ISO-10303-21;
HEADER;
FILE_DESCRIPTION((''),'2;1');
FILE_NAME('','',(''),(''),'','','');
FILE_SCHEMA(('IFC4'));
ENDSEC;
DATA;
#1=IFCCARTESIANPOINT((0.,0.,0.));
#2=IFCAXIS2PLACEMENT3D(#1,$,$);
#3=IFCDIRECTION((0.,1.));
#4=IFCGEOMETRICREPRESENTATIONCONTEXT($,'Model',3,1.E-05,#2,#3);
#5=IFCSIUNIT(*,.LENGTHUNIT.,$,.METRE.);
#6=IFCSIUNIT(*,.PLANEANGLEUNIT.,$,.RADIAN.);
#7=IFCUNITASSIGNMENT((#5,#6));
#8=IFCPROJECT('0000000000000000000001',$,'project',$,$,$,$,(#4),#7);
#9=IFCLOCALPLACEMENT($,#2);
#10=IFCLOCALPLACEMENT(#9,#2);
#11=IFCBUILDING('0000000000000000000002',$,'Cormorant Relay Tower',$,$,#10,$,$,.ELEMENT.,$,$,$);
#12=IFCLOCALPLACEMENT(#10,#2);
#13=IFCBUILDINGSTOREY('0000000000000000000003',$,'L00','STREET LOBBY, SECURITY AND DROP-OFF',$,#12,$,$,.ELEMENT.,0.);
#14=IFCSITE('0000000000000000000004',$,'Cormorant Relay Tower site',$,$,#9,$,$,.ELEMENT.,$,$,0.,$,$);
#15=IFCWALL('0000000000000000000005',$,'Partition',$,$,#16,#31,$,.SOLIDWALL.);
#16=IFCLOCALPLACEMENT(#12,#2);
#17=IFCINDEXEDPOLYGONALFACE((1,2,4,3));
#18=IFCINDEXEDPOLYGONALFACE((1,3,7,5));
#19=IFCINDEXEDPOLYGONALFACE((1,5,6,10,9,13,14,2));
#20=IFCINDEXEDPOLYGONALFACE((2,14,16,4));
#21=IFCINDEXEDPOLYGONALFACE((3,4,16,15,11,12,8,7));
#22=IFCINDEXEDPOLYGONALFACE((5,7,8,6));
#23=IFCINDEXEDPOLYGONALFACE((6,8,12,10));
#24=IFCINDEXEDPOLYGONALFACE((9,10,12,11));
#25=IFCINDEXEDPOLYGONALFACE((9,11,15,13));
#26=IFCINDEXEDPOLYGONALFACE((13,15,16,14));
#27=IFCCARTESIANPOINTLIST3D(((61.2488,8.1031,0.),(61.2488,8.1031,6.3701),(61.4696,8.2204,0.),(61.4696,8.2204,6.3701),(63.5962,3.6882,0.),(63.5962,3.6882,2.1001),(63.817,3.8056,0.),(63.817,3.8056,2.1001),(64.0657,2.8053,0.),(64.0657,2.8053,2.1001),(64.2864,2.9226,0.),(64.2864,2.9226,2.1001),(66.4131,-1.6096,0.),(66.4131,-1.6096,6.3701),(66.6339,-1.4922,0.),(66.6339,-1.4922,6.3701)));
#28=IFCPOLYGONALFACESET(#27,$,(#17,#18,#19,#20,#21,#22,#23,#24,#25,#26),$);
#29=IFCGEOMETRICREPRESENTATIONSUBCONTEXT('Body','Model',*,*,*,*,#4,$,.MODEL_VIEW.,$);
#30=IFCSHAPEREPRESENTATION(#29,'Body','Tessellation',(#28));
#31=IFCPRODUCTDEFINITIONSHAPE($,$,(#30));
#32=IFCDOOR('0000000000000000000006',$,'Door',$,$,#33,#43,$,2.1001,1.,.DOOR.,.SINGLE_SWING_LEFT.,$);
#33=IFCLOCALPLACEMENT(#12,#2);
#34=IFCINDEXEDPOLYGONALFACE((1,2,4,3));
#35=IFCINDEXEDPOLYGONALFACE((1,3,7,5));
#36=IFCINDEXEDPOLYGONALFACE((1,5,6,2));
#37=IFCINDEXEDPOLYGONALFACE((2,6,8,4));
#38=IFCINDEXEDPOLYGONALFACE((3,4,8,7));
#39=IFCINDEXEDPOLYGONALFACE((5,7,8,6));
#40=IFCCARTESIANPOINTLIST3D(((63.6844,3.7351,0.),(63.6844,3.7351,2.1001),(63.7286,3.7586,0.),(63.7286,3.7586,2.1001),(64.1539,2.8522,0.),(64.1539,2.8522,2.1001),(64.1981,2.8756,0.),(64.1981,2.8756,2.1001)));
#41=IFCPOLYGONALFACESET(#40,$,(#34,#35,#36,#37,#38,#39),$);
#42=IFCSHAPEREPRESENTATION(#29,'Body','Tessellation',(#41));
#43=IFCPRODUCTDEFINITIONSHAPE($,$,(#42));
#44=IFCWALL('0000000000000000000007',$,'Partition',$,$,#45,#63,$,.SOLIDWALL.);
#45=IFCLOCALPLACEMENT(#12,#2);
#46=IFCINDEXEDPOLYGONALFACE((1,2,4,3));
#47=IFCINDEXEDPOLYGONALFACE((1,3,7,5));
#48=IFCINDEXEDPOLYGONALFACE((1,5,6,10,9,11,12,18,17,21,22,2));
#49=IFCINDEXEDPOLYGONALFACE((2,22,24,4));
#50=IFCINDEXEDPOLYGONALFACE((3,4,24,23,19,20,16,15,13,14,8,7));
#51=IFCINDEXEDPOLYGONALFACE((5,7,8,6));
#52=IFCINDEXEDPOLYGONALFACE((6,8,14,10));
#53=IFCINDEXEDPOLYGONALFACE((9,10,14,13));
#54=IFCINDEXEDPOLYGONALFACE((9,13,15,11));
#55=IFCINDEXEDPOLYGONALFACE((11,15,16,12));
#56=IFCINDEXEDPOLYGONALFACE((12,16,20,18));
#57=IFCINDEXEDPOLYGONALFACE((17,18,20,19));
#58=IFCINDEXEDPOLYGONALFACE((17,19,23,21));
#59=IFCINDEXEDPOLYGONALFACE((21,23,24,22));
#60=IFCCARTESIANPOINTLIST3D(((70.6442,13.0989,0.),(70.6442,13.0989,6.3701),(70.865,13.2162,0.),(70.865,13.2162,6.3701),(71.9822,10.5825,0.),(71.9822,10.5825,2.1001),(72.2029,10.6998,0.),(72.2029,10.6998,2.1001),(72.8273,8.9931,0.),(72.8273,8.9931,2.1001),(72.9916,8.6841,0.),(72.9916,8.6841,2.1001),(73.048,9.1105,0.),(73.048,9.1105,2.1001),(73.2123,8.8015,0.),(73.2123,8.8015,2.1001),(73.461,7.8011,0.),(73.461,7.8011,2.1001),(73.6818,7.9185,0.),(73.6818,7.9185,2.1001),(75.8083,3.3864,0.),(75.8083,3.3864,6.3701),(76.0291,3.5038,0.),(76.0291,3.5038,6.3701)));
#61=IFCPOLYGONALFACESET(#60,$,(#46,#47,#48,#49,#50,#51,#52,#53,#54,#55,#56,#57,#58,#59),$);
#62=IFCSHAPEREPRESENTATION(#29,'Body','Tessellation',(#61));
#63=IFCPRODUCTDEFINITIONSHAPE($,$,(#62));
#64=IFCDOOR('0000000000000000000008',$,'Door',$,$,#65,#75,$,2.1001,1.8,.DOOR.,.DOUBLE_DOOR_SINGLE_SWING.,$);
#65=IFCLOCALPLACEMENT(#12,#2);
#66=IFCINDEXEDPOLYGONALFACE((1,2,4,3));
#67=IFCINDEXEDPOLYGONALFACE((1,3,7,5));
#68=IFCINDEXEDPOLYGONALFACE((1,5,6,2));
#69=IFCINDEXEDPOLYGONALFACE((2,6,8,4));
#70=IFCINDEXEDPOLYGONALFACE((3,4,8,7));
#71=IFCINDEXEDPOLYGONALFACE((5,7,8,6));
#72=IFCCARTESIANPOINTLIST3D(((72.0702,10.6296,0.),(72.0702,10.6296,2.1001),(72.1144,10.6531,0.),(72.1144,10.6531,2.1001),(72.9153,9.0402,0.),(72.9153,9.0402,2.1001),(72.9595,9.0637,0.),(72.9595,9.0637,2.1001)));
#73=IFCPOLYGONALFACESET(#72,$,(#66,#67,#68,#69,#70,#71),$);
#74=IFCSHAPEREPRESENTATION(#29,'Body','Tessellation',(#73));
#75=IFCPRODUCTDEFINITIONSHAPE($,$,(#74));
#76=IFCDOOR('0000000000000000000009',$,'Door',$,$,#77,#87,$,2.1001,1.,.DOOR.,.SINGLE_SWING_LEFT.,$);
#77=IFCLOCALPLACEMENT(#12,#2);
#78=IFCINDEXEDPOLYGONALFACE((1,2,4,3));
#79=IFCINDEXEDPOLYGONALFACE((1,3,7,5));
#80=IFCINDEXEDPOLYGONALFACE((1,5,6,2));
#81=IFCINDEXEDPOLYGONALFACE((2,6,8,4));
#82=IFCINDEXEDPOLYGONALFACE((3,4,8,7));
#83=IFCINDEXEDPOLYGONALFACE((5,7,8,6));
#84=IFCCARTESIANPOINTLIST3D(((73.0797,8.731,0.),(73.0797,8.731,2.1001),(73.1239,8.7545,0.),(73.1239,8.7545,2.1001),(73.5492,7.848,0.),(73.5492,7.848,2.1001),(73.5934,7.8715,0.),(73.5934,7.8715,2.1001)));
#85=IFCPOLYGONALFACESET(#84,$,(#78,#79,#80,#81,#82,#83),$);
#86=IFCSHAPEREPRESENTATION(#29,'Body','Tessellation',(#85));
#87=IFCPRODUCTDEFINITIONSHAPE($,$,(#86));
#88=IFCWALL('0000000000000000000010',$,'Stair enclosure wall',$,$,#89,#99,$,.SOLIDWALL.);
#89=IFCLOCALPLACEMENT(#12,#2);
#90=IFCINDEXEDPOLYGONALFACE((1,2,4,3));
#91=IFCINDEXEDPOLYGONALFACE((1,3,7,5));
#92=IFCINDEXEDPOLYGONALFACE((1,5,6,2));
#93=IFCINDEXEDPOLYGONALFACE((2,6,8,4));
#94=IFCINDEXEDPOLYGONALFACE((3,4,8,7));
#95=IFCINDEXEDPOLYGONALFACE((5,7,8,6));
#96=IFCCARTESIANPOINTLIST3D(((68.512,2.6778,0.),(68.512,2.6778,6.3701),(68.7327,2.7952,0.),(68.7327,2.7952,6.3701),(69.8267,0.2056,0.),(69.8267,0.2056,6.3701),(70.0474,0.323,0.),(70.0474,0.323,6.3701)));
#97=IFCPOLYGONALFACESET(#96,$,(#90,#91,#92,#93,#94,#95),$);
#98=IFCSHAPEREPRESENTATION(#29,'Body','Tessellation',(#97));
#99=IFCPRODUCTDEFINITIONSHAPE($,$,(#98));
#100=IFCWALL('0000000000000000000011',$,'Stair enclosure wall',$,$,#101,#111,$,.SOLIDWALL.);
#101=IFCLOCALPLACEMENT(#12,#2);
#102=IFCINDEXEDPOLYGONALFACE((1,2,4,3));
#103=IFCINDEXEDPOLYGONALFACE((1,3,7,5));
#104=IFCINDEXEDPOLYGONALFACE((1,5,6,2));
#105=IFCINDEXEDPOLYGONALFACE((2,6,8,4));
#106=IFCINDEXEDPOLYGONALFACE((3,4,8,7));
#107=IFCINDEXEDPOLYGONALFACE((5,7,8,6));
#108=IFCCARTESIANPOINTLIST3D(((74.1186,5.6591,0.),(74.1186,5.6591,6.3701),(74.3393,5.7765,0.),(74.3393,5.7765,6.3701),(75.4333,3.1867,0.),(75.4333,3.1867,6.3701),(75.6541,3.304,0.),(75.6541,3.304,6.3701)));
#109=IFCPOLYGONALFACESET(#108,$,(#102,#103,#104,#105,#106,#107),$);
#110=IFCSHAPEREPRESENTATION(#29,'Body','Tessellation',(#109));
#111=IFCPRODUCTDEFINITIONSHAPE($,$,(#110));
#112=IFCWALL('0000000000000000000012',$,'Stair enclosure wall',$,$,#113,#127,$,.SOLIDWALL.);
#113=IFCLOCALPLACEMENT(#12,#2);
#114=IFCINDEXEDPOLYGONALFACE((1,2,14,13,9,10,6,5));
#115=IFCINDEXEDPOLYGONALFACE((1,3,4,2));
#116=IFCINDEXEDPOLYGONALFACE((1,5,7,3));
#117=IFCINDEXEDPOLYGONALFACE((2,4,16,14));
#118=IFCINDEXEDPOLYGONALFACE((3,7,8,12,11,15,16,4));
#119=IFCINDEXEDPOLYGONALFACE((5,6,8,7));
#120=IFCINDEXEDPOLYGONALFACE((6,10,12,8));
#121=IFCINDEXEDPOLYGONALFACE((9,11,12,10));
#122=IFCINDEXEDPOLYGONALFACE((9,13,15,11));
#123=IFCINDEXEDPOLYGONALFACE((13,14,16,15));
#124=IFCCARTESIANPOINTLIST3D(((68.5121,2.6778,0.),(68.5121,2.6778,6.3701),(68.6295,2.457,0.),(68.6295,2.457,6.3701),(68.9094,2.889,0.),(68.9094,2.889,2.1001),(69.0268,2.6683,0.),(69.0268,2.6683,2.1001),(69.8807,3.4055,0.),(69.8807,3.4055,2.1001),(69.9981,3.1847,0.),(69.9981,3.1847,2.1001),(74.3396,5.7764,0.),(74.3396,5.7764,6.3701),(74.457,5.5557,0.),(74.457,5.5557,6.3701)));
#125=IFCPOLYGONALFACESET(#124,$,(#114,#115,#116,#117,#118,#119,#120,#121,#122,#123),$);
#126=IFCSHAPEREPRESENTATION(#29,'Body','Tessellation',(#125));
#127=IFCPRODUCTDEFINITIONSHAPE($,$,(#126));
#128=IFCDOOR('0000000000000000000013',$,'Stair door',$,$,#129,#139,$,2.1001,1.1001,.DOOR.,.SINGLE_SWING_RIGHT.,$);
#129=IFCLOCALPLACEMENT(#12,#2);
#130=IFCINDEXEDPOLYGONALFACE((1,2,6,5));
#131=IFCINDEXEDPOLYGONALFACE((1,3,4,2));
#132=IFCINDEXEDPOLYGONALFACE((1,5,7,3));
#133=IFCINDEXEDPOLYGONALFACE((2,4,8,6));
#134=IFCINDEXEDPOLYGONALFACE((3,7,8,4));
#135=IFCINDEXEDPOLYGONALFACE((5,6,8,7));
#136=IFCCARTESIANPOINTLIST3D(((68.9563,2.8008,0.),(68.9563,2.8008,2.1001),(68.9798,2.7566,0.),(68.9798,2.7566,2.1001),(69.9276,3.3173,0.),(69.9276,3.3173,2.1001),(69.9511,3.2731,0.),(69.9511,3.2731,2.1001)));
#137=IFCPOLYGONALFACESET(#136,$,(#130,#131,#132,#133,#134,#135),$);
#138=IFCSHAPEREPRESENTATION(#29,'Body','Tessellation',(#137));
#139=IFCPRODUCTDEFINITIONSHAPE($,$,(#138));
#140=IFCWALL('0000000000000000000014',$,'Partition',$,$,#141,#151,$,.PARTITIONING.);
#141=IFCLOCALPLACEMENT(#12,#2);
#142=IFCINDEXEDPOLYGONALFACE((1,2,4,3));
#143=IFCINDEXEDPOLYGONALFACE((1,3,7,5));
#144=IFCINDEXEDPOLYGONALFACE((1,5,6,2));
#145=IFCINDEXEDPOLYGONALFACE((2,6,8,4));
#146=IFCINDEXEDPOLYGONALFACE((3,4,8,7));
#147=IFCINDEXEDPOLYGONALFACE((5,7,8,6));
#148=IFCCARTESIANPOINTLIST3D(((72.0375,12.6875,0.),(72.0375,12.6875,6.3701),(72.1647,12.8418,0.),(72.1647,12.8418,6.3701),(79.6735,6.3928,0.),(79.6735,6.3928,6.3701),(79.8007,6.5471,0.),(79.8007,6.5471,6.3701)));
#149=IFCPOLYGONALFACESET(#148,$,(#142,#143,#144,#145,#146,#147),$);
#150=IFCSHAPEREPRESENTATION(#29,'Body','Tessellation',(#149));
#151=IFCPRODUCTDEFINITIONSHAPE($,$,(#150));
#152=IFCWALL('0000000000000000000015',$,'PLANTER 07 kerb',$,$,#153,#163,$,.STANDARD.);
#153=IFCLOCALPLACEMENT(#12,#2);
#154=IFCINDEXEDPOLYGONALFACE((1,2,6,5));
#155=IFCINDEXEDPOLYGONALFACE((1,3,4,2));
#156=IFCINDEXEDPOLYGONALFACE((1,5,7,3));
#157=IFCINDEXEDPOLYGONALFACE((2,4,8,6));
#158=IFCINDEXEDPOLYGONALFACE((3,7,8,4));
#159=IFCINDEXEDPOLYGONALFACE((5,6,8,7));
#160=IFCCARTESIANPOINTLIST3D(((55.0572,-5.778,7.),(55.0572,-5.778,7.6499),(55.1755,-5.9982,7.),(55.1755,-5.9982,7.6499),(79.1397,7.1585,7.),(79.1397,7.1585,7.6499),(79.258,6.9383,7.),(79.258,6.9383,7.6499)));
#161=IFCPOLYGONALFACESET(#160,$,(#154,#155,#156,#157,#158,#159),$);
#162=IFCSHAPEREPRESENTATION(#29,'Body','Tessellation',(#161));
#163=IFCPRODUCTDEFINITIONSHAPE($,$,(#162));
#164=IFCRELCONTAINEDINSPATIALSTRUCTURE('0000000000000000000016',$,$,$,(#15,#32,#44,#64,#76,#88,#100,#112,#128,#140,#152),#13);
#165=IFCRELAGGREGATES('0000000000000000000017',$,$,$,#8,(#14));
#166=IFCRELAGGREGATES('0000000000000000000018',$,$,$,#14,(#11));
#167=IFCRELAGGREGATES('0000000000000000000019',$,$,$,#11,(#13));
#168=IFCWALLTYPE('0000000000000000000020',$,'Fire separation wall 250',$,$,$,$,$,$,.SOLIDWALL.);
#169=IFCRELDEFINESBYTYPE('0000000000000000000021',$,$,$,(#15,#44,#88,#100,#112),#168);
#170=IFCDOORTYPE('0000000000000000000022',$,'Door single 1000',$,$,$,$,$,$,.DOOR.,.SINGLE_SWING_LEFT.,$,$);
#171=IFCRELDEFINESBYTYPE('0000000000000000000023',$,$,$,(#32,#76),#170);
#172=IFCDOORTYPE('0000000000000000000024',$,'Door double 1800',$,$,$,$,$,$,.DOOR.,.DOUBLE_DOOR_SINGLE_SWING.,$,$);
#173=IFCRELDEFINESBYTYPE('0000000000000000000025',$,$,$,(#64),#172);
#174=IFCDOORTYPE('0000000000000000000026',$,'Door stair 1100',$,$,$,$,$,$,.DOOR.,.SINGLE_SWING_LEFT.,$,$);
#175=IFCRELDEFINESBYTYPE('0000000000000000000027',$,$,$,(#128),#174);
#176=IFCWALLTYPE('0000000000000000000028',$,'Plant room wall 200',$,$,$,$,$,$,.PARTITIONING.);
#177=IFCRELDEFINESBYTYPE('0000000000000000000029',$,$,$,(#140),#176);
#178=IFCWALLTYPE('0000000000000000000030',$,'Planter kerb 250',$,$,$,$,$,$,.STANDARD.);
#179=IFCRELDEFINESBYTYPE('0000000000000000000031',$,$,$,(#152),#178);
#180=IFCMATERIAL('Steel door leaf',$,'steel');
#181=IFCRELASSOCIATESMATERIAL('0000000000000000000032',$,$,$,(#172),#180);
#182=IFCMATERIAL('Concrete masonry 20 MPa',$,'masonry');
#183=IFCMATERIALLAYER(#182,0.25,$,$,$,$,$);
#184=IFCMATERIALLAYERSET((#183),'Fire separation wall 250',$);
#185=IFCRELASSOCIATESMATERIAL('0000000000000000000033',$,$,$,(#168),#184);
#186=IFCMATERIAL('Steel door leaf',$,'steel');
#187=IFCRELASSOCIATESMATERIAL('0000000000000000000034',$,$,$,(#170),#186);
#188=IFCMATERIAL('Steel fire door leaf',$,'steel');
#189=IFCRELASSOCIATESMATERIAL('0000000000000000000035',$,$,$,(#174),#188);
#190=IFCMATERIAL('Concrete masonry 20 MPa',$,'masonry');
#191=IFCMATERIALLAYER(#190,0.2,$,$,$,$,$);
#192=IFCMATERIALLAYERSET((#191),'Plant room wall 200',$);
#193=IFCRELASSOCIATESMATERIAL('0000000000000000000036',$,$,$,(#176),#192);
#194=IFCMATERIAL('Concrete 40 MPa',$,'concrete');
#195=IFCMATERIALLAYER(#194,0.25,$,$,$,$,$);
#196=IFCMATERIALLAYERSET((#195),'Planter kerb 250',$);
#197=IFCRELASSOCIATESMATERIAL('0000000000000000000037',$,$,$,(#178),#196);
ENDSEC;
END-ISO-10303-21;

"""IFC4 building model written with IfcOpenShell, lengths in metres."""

from ifc_helpers import new_model, si_unit, direction, frame, frame_2d, origin, place, context, subcontext, project, spatial, rectangle, extrude, material, layer, layer_set, type_object, element, fill, save


model = new_model("IFC4")

# Units and contexts
model_context = context("Model", 3, precision=1e-05, world=origin(), true_north=direction((0.0, 1.0)))
body_context = subcontext(model_context, "Body", "Model", "MODEL_VIEW")
ifc_project = project(units=[si_unit("LENGTHUNIT", "METRE"), si_unit("PLANEANGLEUNIT", "RADIAN")], contexts=[model_context])

# Site, building, storey
site_placement = place(None, origin())
site = spatial("IfcSite", under=ifc_project, at=site_placement, Name="Cormorant Relay Tower site", CompositionType="ELEMENT", RefElevation=0.0)
building_placement = place(site_placement, origin())
building = spatial("IfcBuilding", under=site, at=building_placement, Name="Cormorant Relay Tower", CompositionType="ELEMENT")
storey_placement = place(building_placement, origin())
storey = spatial("IfcBuildingStorey", under=building, at=storey_placement, Name="L00", Description="STREET LOBBY, SECURITY AND DROP-OFF", CompositionType="ELEMENT", Elevation=0.0)

# Shared definitions
ifc_material_1 = material(Name="Steel door leaf", Category="steel")
door_type_1 = type_object("IfcDoorType", Name="Door double 1800", OperationType="DOUBLE_DOOR_SINGLE_SWING", PredefinedType="DOOR", material=ifc_material_1)

# Wall, opening, door
ifc_material_2 = material(Name="Concrete masonry 20 MPa", Category="masonry")
ifc_layer_1 = layer(ifc_material_2, 0.25)
ifc_layer_set_1 = layer_set([ifc_layer_1], Name="Fire separation wall 250")
wall_type_1 = type_object("IfcWallType", Name="Fire separation wall 250", PredefinedType="SOLIDWALL", material=ifc_layer_set_1)
wall_1_placement = place(storey_placement, frame((66.5234, -1.5508, 0.0), z_axis=(0.0, 0.0, 1.0), x_axis=(-0.469472, 0.882948, 0.0)))
wall_1 = element("IfcWall", 1, at=wall_1_placement, inside=storey, type_object=wall_type_1, Name="Partition", PredefinedType="SOLIDWALL", context=body_context, shape_type="SweptSolid", body=[
    extrude(rectangle(XDim=11.0002, YDim=0.25, at=frame_2d((5.5, 0.0))), origin(), (0.0, 0.0, 1.0), 6.3701),
])
opening_1_placement = place(wall_1_placement, frame((5.0, 0.0, 0.0)))
opening_1 = element("IfcOpeningElement", 2, at=opening_1_placement, cuts=wall_1, PredefinedType="OPENING", context=body_context, shape_type="SweptSolid", body=[
    extrude(rectangle(XDim=1.0, YDim=2.1001, at=frame_2d((0.5, 1.05))), frame((0.0, 0.135, 0.0), z_axis=(0.0, -1.0, 0.0), x_axis=(1.0, 0.0, 0.0)), (0.0, 0.0, 1.0), 0.27),
])
ifc_material_3 = material(Name="Steel door leaf", Category="steel")
door_type_2 = type_object("IfcDoorType", Name="Door single 1000", OperationType="SINGLE_SWING_LEFT", PredefinedType="DOOR", material=ifc_material_3)
door_1_placement = place(opening_1_placement, frame((1.0, 0.0, 0.0), z_axis=(0.0, 0.0, 1.0), x_axis=(-1.0, 0.0, 0.0)))
door_1 = element("IfcDoor", 3, at=door_1_placement, inside=storey, type_object=door_type_2, Name="Door", OperationType="SINGLE_SWING_LEFT", OverallHeight=2.1001, OverallWidth=1.0, PredefinedType="DOOR", context=body_context, shape_type="SweptSolid", body=[
    extrude(rectangle(XDim=1.0, YDim=2.1001, at=frame_2d((0.5, 1.05))), frame((0.0, 0.0249, 0.0), z_axis=(0.0, -1.0, 0.0), x_axis=(1.0, 0.0, 0.0)), (0.0, 0.0, 1.0), 0.05),
])
fill(opening_1, door_1)

# Wall, openings, doors
wall_2_placement = place(storey_placement, frame((75.9187, 3.4451, 0.0), z_axis=(0.0, 0.0, 1.0), x_axis=(-0.469464, 0.882952, 0.0)))
wall_2 = element("IfcWall", 4, at=wall_2_placement, inside=storey, type_object=wall_type_1, Name="Partition", PredefinedType="SOLIDWALL", context=body_context, shape_type="SweptSolid", body=[
    extrude(rectangle(XDim=11.0, YDim=0.25, at=frame_2d((5.5, 0.0))), origin(), (0.0, 0.0, 1.0), 6.3701),
])
opening_2_placement = place(wall_2_placement, frame((5.0, 0.0, 0.0)))
opening_2 = element("IfcOpeningElement", 5, at=opening_2_placement, cuts=wall_2, PredefinedType="OPENING", context=body_context, shape_type="SweptSolid", body=[
    extrude(rectangle(XDim=1.0, YDim=2.1001, at=frame_2d((0.5, 1.05))), frame((0.0, 0.135, 0.0), z_axis=(0.0, -1.0, 0.0), x_axis=(1.0, 0.0, 0.0)), (0.0, 0.0, 1.0), 0.27),
])
opening_3_placement = place(wall_2_placement, frame((6.3501, 0.0, 0.0)))
opening_3 = element("IfcOpeningElement", 6, at=opening_3_placement, cuts=wall_2, PredefinedType="OPENING", context=body_context, shape_type="SweptSolid", body=[
    extrude(rectangle(XDim=1.8, YDim=2.1001, at=frame_2d((0.8999, 1.05))), frame((0.0, 0.135, 0.0), z_axis=(0.0, -1.0, 0.0), x_axis=(1.0, 0.0, 0.0)), (0.0, 0.0, 1.0), 0.27),
])
door_2_placement = place(opening_3_placement, frame((1.8, 0.0, 0.0), z_axis=(0.0, 0.0, 1.0), x_axis=(-1.0, 0.0, 0.0)))
door_2 = element("IfcDoor", 7, at=door_2_placement, inside=storey, type_object=door_type_1, Name="Door", OperationType="DOUBLE_DOOR_SINGLE_SWING", OverallHeight=2.1001, OverallWidth=1.8, PredefinedType="DOOR", context=body_context, shape_type="SweptSolid", body=[
    extrude(rectangle(XDim=1.8, YDim=2.1001, at=frame_2d((0.8999, 1.05))), frame((0.0, 0.0249, 0.0), z_axis=(0.0, -1.0, 0.0), x_axis=(1.0, 0.0, 0.0)), (0.0, 0.0, 1.0), 0.05),
])
fill(opening_3, door_2)
door_3_placement = place(opening_2_placement, frame((1.0, 0.0, 0.0), z_axis=(0.0, 0.0, 1.0), x_axis=(-1.0, 0.0, 0.0)))
door_3 = element("IfcDoor", 8, at=door_3_placement, inside=storey, type_object=door_type_2, Name="Door", OperationType="SINGLE_SWING_LEFT", OverallHeight=2.1001, OverallWidth=1.0, PredefinedType="DOOR", context=body_context, shape_type="SweptSolid", body=[
    extrude(rectangle(XDim=1.0, YDim=2.1001, at=frame_2d((0.5, 1.05))), frame((0.0, 0.0249, 0.0), z_axis=(0.0, -1.0, 0.0), x_axis=(1.0, 0.0, 0.0)), (0.0, 0.0, 1.0), 0.05),
])
fill(opening_2, door_3)

# Walls
wall_3_placement = place(storey_placement, frame((69.937, 0.2644, 0.0), z_axis=(0.0, 0.0, 1.0), x_axis=(-0.469533, 0.882915, 0.0)))
element("IfcWall", 9, at=wall_3_placement, inside=storey, type_object=wall_type_1, Name="Stair enclosure wall", PredefinedType="SOLIDWALL", context=body_context, shape_type="SweptSolid", body=[
    extrude(rectangle(XDim=2.8, YDim=0.25, at=frame_2d((1.3999, 0.0))), origin(), (0.0, 0.0, 1.0), 6.3701),
])
wall_4_placement = place(storey_placement, frame((75.5437, 3.2454, 0.0), z_axis=(0.0, 0.0, 1.0), x_axis=(-0.469497, 0.882934, 0.0)))
element("IfcWall", 10, at=wall_4_placement, inside=storey, type_object=wall_type_1, Name="Stair enclosure wall", PredefinedType="SOLIDWALL", context=body_context, shape_type="SweptSolid", body=[
    extrude(rectangle(XDim=2.8003, YDim=0.25, at=frame_2d((1.4001, 0.0))), origin(), (0.0, 0.0, 1.0), 6.3701),
])

# Wall, opening, door
wall_5_placement = place(storey_placement, frame((68.5708, 2.5674, 0.0), z_axis=(0.0, 0.0, 1.0), x_axis=(0.882938, 0.46949, 0.0)))
wall_5 = element("IfcWall", 11, at=wall_5_placement, inside=storey, type_object=wall_type_1, Name="Stair enclosure wall", PredefinedType="SOLIDWALL", context=body_context, shape_type="SweptSolid", body=[
    extrude(rectangle(XDim=6.6001, YDim=0.25, at=frame_2d((3.3, 0.0))), origin(), (0.0, 0.0, 1.0), 6.3701),
])
opening_4_placement = place(wall_5_placement, frame((0.45, 0.0, 0.0)))
opening_4 = element("IfcOpeningElement", 12, at=opening_4_placement, cuts=wall_5, PredefinedType="OPENING", context=body_context, shape_type="SweptSolid", body=[
    extrude(rectangle(XDim=1.1001, YDim=2.1001, at=frame_2d((0.55, 1.05))), frame((0.0, 0.135, 0.0), z_axis=(0.0, -1.0, 0.0), x_axis=(1.0, 0.0, 0.0)), (0.0, 0.0, 1.0), 0.27),
])
ifc_material_4 = material(Name="Steel fire door leaf", Category="steel")
door_type_3 = type_object("IfcDoorType", Name="Door stair 1100", OperationType="SINGLE_SWING_LEFT", PredefinedType="DOOR", material=ifc_material_4)
door_4_placement = place(opening_4_placement, frame((1.1001, 0.0, 0.0), z_axis=(0.0, 0.0, 1.0), x_axis=(-1.0, 0.0, 0.0)))
door_4 = element("IfcDoor", 13, at=door_4_placement, inside=storey, type_object=door_type_3, Name="Stair door", OperationType="SINGLE_SWING_RIGHT", OverallHeight=2.1001, OverallWidth=1.1001, PredefinedType="DOOR", context=body_context, shape_type="SweptSolid", body=[
    extrude(rectangle(XDim=1.1001, YDim=2.1001, at=frame_2d((0.55, 1.05))), frame((0.0, 0.0249, 0.0), z_axis=(0.0, -1.0, 0.0), x_axis=(1.0, 0.0, 0.0)), (0.0, 0.0, 1.0), 0.05),
])
fill(opening_4, door_4)

# Walls
ifc_material_5 = material(Name="Concrete masonry 20 MPa", Category="masonry")
ifc_layer_2 = layer(ifc_material_5, 0.2)
ifc_layer_set_2 = layer_set([ifc_layer_2], Name="Plant room wall 200")
wall_type_2 = type_object("IfcWallType", Name="Plant room wall 200", PredefinedType="PARTITIONING", material=ifc_layer_set_2)
wall_6_placement = place(storey_placement, frame((79.7371, 6.47, 0.0), z_axis=(0.0, 0.0, 1.0), x_axis=(-0.771622, 0.636082, 0.0)))
element("IfcWall", 14, at=wall_6_placement, inside=storey, type_object=wall_type_2, Name="Partition", PredefinedType="PARTITIONING", context=body_context, shape_type="SweptSolid", body=[
    extrude(rectangle(XDim=9.896, YDim=0.2, at=frame_2d((4.948, 0.0))), origin(), (0.0, 0.0, 1.0), 6.3701),
])
ifc_material_6 = material(Name="Concrete 40 MPa", Category="concrete")
ifc_layer_3 = layer(ifc_material_6, 0.25)
ifc_layer_set_3 = layer_set([ifc_layer_3], Name="Planter kerb 250")
wall_type_3 = type_object("IfcWallType", Name="Planter kerb 250", PredefinedType="STANDARD", material=ifc_layer_set_3)
wall_7_placement = place(storey_placement, frame((79.1987, 7.0483, 7.0), z_axis=(0.0, 0.0, 1.0), x_axis=(-0.880944, -0.473221, 0.0)))
element("IfcWall", 15, at=wall_7_placement, inside=storey, type_object=wall_type_3, Name="PLANTER 07 kerb", PredefinedType="STANDARD", context=body_context, shape_type="SweptSolid", body=[
    extrude(rectangle(XDim=27.3372, YDim=0.25, at=frame_2d((13.6685, 0.0))), origin(), (0.0, 0.0, 1.0), 0.6499),
])

save(model, "model.ifc")
